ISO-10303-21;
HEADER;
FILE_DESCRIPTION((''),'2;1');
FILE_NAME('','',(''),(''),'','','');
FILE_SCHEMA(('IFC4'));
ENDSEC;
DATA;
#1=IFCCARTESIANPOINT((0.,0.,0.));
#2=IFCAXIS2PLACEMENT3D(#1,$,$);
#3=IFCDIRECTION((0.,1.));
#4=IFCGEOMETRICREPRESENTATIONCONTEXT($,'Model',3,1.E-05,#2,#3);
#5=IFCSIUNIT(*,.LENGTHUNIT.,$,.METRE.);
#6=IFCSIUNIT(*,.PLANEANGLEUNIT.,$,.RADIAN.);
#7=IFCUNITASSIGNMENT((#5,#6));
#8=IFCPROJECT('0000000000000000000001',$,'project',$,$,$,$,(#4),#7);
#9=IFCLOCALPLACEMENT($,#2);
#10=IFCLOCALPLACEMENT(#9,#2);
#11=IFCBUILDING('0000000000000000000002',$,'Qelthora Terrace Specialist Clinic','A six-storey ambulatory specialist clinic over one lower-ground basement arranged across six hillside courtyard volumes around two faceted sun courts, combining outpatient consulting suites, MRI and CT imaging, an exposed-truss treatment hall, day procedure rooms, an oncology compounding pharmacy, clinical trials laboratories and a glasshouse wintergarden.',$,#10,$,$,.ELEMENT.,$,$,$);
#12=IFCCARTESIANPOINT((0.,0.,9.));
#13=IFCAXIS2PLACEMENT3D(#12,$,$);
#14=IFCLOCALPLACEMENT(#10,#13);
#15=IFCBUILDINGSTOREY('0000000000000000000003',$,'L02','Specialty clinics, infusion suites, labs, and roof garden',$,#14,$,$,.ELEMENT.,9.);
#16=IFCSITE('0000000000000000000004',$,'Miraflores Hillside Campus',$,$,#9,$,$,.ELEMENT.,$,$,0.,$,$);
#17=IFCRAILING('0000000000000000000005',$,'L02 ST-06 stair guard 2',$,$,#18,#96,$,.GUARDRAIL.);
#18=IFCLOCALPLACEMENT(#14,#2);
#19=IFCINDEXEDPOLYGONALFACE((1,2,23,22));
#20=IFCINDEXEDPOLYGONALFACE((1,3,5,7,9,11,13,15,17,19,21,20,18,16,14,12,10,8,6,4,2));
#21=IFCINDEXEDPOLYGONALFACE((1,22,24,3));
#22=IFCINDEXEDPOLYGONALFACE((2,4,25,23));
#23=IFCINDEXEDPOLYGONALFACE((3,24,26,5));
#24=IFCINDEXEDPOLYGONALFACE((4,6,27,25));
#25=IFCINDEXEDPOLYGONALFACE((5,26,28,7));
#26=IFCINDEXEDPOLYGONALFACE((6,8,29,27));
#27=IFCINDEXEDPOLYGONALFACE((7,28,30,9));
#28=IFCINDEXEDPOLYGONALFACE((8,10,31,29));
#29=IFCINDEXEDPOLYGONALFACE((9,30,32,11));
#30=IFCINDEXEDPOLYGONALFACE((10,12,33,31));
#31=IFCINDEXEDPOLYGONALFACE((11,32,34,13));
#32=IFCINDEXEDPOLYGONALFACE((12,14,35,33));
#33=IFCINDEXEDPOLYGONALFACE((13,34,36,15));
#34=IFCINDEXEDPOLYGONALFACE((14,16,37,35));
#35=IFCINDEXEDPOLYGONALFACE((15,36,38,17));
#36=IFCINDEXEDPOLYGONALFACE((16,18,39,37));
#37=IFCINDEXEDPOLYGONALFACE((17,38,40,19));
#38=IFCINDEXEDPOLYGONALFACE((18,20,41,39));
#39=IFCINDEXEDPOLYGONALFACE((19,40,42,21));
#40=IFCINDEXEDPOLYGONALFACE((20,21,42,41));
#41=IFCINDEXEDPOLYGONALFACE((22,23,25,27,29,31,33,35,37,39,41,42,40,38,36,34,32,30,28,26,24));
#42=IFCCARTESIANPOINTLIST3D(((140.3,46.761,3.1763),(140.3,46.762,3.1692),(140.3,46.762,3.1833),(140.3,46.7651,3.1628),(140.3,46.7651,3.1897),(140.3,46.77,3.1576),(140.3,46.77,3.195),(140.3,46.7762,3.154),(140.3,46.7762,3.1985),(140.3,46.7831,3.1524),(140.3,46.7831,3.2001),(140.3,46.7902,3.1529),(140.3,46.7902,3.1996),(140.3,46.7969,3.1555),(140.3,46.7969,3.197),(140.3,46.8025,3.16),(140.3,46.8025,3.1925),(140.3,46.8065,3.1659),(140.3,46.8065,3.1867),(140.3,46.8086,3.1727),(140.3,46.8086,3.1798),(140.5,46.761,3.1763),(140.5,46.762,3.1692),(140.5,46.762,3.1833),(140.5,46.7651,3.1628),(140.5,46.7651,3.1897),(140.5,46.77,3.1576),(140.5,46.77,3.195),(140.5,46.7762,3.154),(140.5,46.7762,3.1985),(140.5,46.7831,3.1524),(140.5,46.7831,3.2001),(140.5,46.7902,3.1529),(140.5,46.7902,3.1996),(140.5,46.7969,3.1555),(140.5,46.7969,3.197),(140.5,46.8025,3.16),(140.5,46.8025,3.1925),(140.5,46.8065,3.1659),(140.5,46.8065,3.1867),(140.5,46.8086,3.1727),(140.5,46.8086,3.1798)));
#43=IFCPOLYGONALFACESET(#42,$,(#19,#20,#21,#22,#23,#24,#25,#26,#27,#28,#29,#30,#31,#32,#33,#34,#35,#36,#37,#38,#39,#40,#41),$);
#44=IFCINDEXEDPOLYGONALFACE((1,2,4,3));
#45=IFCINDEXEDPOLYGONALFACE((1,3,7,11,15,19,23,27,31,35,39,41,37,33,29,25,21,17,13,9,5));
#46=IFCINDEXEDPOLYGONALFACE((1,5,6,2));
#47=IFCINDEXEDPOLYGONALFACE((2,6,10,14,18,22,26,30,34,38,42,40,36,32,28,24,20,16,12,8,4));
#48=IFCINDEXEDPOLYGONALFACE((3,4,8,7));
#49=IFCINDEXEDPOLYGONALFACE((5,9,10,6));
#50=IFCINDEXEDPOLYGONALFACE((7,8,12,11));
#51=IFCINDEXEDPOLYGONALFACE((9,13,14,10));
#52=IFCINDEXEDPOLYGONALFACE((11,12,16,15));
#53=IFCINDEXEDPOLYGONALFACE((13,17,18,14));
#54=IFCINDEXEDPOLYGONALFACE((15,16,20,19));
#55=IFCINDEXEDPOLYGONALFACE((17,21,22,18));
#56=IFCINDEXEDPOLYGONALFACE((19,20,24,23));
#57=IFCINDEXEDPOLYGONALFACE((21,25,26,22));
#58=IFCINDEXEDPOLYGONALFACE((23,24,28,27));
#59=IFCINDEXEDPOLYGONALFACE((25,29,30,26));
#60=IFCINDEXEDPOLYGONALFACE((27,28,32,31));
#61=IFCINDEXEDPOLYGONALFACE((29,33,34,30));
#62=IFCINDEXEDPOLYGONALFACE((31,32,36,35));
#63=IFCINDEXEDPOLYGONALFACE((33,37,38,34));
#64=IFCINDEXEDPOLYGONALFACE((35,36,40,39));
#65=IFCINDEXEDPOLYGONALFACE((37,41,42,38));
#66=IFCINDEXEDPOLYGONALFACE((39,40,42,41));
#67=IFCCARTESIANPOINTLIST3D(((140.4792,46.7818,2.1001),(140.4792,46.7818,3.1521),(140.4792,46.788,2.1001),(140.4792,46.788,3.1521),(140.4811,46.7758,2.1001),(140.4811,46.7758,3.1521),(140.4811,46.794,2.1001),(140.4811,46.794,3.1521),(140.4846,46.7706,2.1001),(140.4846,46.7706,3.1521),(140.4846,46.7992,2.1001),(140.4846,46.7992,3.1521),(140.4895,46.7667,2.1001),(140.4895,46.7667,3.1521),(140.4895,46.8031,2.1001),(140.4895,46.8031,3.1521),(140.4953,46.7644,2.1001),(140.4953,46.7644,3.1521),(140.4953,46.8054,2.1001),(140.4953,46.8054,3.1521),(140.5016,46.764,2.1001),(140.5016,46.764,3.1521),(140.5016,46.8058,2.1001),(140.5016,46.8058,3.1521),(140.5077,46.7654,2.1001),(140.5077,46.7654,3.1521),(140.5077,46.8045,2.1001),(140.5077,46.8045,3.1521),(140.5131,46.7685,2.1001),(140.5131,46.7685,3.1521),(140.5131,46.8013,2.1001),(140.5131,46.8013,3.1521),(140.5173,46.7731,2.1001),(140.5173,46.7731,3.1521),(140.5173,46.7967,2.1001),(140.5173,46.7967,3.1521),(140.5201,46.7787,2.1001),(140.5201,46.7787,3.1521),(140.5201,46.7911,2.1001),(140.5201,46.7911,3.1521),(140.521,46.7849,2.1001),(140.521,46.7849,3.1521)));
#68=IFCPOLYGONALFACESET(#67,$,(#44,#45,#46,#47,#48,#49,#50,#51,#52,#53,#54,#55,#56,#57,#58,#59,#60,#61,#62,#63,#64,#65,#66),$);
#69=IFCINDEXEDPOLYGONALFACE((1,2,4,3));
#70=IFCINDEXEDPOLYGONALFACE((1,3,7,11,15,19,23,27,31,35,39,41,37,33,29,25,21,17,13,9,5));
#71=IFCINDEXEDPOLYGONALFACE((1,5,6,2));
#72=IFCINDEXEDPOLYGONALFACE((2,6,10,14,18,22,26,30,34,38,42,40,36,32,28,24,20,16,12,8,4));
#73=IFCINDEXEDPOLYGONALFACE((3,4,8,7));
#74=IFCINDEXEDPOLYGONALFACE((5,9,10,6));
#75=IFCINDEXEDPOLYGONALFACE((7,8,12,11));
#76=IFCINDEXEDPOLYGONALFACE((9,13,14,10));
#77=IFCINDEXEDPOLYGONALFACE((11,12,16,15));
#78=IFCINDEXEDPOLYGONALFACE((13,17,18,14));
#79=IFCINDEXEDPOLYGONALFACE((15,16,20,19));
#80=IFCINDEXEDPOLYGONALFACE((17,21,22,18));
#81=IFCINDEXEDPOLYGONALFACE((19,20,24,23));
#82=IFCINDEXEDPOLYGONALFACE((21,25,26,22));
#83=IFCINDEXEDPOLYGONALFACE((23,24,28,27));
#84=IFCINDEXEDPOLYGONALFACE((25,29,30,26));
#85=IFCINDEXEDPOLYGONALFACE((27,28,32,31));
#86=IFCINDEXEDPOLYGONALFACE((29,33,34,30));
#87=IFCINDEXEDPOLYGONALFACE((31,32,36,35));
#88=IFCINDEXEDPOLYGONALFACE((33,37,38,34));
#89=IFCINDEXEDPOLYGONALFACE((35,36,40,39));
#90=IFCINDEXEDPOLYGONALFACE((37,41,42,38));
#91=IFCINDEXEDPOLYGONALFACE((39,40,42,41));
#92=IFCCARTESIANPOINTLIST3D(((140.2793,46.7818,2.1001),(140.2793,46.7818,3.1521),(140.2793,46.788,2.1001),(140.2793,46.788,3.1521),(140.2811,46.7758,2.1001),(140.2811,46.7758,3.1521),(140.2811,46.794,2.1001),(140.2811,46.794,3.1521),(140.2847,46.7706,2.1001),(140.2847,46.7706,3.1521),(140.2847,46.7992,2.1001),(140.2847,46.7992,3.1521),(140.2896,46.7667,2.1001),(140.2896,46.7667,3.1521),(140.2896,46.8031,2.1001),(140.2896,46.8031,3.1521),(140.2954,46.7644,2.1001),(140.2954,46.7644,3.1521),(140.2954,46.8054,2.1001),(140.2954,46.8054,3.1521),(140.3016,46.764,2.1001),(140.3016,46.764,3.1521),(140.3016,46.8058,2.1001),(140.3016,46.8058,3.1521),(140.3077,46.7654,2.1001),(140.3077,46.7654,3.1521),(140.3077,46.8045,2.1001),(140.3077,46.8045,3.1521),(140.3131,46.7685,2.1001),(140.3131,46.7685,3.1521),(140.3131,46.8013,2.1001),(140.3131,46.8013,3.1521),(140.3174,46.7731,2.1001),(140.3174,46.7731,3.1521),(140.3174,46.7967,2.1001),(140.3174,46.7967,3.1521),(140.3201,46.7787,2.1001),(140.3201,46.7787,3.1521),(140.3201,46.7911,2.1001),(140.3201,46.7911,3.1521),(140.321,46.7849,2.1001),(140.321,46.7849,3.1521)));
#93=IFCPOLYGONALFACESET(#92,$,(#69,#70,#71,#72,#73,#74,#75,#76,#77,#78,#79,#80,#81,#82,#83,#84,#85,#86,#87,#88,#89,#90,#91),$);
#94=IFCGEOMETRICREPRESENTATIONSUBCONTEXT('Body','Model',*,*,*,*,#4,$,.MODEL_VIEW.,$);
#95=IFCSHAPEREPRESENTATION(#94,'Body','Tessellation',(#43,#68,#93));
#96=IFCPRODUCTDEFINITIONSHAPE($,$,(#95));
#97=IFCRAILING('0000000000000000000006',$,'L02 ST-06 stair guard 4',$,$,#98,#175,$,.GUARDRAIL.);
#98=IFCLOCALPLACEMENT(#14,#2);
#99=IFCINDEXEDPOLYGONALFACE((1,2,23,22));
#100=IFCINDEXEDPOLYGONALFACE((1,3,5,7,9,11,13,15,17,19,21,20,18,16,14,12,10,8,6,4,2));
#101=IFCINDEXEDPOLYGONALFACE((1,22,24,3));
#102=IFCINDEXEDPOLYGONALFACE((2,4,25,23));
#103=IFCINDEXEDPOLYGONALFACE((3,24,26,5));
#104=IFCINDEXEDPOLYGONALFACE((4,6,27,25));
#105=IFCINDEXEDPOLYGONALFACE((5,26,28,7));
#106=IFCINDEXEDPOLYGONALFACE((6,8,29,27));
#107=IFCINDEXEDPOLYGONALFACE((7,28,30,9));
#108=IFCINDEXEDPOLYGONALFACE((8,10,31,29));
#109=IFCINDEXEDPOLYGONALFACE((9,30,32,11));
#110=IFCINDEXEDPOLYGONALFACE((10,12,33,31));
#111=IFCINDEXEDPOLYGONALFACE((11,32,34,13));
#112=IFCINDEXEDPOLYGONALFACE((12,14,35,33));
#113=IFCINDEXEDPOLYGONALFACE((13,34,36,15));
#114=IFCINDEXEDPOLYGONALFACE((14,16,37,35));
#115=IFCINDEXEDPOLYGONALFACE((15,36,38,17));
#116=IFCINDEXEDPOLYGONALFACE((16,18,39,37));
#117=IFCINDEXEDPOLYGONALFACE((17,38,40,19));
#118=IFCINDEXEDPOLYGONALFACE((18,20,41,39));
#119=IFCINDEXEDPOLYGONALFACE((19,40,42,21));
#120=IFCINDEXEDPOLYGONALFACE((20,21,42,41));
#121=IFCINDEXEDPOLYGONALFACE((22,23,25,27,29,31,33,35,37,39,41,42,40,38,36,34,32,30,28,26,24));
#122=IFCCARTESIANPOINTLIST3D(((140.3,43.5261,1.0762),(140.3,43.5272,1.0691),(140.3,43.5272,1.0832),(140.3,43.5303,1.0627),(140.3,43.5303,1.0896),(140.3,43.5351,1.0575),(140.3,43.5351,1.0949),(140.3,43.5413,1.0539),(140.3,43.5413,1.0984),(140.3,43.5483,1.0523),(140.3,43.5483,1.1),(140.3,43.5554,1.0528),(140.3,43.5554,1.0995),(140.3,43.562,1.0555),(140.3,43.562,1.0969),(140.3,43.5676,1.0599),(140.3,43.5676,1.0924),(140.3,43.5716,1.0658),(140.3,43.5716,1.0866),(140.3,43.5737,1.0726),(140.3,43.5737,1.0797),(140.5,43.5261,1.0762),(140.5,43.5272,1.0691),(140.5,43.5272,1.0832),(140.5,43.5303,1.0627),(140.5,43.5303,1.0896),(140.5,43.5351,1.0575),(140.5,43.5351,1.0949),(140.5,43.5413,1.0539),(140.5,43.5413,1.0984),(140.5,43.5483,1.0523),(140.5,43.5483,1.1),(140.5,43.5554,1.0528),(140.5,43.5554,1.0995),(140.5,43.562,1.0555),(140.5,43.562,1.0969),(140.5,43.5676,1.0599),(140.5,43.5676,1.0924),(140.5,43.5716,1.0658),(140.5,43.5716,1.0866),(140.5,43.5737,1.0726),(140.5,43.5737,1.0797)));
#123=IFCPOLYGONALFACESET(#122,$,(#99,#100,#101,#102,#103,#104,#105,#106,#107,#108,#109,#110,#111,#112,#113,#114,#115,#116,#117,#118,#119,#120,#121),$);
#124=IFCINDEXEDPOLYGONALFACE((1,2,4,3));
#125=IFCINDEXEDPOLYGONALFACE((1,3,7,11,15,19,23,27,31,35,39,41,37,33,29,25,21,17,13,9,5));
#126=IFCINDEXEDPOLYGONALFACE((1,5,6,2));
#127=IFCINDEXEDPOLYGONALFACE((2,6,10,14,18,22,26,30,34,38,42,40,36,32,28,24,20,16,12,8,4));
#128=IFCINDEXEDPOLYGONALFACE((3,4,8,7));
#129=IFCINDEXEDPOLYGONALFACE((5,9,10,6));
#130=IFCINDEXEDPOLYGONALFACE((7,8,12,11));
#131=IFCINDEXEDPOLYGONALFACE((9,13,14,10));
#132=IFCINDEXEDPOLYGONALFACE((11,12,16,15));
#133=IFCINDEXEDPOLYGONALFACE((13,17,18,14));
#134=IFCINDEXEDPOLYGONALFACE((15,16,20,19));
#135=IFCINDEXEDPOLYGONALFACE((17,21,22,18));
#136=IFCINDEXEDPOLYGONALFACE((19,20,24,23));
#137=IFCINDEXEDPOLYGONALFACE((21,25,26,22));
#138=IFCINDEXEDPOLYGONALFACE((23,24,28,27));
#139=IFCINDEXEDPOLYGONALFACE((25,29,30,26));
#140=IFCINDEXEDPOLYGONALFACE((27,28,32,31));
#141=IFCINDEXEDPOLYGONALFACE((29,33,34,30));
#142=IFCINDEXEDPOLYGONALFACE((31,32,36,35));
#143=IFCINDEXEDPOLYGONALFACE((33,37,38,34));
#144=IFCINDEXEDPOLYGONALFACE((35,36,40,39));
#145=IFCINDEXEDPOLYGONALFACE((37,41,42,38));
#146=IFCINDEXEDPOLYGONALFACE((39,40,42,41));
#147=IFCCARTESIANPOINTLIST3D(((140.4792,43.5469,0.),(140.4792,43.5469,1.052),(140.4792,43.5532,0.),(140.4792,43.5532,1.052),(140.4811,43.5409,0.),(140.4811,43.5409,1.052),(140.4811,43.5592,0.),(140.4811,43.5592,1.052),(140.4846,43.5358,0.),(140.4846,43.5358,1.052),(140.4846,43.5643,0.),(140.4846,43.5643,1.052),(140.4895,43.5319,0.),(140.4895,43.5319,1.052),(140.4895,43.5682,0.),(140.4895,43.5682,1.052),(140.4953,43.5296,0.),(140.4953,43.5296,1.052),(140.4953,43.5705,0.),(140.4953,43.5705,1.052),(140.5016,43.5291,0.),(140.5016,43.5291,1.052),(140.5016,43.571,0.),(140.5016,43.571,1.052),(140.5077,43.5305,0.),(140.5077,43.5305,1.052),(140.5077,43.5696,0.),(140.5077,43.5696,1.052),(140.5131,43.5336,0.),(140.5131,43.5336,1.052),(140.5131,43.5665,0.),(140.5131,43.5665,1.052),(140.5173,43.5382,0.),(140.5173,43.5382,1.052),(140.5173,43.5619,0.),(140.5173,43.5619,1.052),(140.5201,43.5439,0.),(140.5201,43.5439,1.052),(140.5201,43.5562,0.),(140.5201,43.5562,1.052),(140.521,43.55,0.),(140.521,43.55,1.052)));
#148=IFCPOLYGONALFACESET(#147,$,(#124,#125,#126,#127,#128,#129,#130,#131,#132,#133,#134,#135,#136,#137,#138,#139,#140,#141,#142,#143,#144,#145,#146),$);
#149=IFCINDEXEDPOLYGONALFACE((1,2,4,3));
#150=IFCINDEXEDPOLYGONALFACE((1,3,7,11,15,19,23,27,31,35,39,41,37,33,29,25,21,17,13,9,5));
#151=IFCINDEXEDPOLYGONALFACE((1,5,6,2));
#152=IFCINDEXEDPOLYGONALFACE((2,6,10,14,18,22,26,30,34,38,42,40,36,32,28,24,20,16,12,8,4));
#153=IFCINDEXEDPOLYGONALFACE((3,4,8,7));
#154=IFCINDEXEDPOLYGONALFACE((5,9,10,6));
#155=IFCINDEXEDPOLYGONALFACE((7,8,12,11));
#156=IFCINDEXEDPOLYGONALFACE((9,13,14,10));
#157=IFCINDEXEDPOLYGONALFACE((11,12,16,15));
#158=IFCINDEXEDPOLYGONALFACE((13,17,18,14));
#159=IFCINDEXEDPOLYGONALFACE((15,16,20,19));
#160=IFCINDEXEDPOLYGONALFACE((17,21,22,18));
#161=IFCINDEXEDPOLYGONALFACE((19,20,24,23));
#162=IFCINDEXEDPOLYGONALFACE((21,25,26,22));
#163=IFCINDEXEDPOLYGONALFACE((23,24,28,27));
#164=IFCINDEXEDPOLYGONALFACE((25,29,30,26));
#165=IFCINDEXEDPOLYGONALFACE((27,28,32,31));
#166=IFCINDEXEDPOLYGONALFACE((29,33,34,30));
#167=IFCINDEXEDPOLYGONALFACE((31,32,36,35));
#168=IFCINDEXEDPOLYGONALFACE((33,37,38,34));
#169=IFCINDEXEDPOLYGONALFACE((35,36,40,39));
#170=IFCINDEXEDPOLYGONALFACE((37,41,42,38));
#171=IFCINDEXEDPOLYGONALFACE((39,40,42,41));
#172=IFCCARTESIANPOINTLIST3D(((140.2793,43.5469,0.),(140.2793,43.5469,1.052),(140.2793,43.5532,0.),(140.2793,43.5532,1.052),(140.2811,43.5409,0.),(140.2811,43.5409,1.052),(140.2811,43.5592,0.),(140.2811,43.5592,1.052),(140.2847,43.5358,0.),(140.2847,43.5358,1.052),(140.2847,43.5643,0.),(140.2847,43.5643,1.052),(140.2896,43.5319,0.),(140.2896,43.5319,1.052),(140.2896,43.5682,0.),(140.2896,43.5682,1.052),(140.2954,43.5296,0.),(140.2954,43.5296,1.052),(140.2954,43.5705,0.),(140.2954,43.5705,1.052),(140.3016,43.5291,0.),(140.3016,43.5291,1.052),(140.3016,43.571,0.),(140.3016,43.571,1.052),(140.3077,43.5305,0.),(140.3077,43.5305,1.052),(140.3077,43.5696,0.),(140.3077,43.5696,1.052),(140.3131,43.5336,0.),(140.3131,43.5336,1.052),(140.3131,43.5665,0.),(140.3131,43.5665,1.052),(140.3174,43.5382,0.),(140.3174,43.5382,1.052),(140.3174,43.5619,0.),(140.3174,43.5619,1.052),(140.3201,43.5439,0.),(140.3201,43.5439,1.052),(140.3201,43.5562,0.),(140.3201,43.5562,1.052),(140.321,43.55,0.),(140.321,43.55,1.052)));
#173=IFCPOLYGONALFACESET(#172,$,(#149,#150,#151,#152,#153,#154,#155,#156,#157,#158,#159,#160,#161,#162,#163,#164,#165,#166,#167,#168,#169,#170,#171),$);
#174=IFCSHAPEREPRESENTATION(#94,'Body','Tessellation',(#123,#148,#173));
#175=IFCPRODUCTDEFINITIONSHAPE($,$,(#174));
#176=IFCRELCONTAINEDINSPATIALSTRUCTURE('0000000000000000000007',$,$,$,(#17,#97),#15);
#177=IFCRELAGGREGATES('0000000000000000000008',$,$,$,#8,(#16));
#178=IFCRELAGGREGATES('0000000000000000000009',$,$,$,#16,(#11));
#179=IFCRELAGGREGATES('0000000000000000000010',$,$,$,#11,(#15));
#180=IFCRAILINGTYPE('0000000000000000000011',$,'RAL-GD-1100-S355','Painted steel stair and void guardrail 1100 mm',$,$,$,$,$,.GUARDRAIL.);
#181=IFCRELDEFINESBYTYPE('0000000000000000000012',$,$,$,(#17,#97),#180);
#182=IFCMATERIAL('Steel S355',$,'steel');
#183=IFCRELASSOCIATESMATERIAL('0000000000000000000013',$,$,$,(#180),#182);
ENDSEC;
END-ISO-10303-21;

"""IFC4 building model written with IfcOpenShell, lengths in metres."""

from ifc_helpers import new_model, si_unit, direction, frame, origin, origin_2d, place, context, subcontext, project, spatial, circle, extrude, material, type_object, element, save


model = new_model("IFC4")

# Units and contexts
model_context = context("Model", 3, precision=1e-05, world=origin(), true_north=direction((0.0, 1.0)))
body_context = subcontext(model_context, "Body", "Model", "MODEL_VIEW")
ifc_project = project(units=[si_unit("LENGTHUNIT", "METRE"), si_unit("PLANEANGLEUNIT", "RADIAN")], contexts=[model_context])

# Site, building, storey
site_placement = place(None, origin())
site = spatial("IfcSite", under=ifc_project, at=site_placement, Name="Miraflores Hillside Campus", CompositionType="ELEMENT", RefElevation=0.0)
building_placement = place(site_placement, origin())
building = spatial("IfcBuilding", under=site, at=building_placement, Name="Qelthora Terrace Specialist Clinic", Description="A six-storey ambulatory specialist clinic over one lower-ground basement arranged across six hillside courtyard volumes around two faceted sun courts, combining outpatient consulting suites, MRI and CT imaging, an exposed-truss treatment hall, day procedure rooms, an oncology compounding pharmacy, clinical trials laboratories and a glasshouse wintergarden.", CompositionType="ELEMENT")
storey_placement = place(building_placement, frame((0.0, 0.0, 9.0)))
storey = spatial("IfcBuildingStorey", under=building, at=storey_placement, Name="L02", Description="Specialty clinics, infusion suites, labs, and roof garden", CompositionType="ELEMENT", Elevation=9.0)

# Shared definitions
ifc_material_1 = material(Name="Steel S355", Category="steel")

# Railings
railing_type_1 = type_object("IfcRailingType", Name="RAL-GD-1100-S355", Description="Painted steel stair and void guardrail 1100 mm", PredefinedType="GUARDRAIL", material=ifc_material_1)
for number, where, name in (
    (1, (140.5, 46.7849, 2.1001), "L02 ST-06 stair guard 2"),
    (2, (140.5, 43.55, 0.0), "L02 ST-06 stair guard 4"),
):
    element("IfcRailing", number, at=place(storey_placement, frame(where)), inside=storey, type_object=railing_type_1, Name=name, PredefinedType="GUARDRAIL", context=body_context, shape_type="SweptSolid", body=[
        extrude(circle(Radius=0.0239, at=origin_2d()), frame((0.0, 0.0, 1.0762), z_axis=(-1.0, 0.0, 0.0), x_axis=(0.0, -1.0, 0.0)), (0.0, 0.0, 1.0), 0.2),
        extrude(circle(Radius=0.021, at=origin_2d()), origin(), (0.0, 0.0, 1.0), 1.052),
        extrude(circle(Radius=0.021, at=origin_2d()), frame((-0.2, 0.0, 0.0)), (0.0, 0.0, 1.0), 1.052),
    ])

save(model, "model.ifc")
